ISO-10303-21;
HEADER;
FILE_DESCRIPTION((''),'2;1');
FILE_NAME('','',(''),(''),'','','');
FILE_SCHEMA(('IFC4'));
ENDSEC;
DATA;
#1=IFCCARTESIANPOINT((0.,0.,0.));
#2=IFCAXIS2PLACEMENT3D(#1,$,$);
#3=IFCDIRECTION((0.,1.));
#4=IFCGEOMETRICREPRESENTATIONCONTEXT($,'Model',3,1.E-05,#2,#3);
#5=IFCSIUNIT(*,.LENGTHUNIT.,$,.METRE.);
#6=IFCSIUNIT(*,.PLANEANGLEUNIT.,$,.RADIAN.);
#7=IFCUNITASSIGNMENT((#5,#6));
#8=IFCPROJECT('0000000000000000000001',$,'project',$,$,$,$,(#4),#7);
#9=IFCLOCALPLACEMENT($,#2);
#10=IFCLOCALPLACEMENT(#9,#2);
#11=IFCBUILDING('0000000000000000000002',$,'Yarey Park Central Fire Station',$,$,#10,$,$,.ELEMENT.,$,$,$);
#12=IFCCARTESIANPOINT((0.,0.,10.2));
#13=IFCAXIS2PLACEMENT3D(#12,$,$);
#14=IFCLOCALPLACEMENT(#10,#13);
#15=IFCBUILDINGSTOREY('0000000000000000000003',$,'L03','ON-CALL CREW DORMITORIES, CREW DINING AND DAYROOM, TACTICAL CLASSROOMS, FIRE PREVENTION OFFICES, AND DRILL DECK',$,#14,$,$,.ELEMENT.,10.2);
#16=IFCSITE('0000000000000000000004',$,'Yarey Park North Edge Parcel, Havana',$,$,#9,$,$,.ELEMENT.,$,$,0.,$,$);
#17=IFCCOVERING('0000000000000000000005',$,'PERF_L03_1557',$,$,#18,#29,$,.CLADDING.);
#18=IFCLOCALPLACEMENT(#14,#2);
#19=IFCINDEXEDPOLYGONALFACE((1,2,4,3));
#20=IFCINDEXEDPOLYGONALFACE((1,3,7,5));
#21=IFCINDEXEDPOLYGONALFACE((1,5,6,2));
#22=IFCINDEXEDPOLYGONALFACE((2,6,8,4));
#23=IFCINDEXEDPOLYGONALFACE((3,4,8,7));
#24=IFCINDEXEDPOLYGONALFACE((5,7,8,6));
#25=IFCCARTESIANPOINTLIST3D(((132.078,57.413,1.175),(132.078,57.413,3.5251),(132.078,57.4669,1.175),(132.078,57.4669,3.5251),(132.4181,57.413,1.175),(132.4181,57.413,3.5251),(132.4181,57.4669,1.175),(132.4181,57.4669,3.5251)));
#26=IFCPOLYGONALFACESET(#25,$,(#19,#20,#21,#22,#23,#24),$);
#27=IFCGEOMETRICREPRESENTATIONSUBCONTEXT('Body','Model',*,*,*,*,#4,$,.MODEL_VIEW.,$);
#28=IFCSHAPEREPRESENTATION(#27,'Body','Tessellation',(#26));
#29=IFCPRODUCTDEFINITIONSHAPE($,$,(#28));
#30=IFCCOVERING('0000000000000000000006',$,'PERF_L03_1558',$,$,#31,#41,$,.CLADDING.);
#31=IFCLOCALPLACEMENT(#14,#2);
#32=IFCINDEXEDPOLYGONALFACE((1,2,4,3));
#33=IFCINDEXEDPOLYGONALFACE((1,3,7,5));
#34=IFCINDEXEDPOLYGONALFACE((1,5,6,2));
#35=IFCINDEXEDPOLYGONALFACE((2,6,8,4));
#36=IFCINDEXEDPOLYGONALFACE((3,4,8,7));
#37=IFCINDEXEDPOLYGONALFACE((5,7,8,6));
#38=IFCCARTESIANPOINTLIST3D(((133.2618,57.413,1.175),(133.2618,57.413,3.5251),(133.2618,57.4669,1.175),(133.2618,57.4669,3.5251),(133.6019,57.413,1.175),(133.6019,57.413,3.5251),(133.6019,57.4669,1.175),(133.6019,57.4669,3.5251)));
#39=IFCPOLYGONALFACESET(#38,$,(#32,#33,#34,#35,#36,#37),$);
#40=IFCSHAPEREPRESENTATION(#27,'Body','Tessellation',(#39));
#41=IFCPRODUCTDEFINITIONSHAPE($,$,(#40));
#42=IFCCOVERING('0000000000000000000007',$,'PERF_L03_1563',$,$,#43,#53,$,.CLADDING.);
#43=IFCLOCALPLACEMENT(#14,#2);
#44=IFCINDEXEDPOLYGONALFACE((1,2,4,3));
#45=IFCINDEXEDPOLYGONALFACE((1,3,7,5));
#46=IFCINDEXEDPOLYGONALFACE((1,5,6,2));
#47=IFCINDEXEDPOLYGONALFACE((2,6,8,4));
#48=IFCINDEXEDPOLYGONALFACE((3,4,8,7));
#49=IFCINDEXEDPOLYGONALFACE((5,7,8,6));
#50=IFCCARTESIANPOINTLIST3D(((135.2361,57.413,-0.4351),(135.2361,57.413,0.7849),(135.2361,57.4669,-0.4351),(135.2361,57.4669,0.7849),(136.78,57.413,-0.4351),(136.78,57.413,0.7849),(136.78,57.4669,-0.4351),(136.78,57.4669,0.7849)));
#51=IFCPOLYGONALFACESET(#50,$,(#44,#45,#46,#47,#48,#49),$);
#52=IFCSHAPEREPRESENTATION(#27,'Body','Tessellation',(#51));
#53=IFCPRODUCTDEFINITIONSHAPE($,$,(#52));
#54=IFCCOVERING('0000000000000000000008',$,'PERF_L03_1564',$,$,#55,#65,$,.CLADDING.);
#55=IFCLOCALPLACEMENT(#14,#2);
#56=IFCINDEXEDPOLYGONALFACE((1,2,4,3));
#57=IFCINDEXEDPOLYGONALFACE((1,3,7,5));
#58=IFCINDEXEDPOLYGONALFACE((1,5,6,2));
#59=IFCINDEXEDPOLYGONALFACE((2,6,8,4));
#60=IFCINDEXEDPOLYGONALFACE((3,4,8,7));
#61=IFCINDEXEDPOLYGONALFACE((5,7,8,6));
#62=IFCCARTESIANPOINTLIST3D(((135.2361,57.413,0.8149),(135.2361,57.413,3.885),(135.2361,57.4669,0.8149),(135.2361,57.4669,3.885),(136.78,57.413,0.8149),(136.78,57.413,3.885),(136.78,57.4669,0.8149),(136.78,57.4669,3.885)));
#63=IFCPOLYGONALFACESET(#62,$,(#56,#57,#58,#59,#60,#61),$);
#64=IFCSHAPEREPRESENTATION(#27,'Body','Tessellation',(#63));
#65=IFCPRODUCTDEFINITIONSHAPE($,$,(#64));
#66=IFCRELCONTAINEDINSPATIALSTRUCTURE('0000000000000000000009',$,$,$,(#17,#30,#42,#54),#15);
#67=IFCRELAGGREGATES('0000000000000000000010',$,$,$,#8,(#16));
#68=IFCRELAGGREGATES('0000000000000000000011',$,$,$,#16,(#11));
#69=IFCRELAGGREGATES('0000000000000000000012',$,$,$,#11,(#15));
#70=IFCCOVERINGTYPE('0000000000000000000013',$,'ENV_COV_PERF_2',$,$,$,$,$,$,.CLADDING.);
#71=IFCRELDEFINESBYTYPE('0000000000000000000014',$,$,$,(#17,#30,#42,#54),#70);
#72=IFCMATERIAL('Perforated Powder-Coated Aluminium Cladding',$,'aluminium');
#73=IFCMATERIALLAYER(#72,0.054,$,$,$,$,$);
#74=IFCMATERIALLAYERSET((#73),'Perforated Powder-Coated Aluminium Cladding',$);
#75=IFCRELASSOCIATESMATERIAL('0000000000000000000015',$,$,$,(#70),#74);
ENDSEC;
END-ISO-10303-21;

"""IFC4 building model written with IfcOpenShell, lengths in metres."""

from ifc_helpers import new_model, si_unit, direction, frame, origin, origin_2d, place, context, subcontext, project, spatial, rectangle, extrude, material, layer, layer_set, type_object, element, save


model = new_model("IFC4")

# Units and contexts
model_context = context("Model", 3, precision=1e-05, world=origin(), true_north=direction((0.0, 1.0)))
body_context = subcontext(model_context, "Body", "Model", "MODEL_VIEW")
ifc_project = project(units=[si_unit("LENGTHUNIT", "METRE"), si_unit("PLANEANGLEUNIT", "RADIAN")], contexts=[model_context])

# Site, building, storey
site_placement = place(None, origin())
site = spatial("IfcSite", under=ifc_project, at=site_placement, Name="Yarey Park North Edge Parcel, Havana", CompositionType="ELEMENT", RefElevation=0.0)
building_placement = place(site_placement, origin())
building = spatial("IfcBuilding", under=site, at=building_placement, Name="Yarey Park Central Fire Station", CompositionType="ELEMENT")
storey_placement = place(building_placement, frame((0.0, 0.0, 10.2)))
storey = spatial("IfcBuildingStorey", under=building, at=storey_placement, Name="L03", Description="ON-CALL CREW DORMITORIES, CREW DINING AND DAYROOM, TACTICAL CLASSROOMS, FIRE PREVENTION OFFICES, AND DRILL DECK", CompositionType="ELEMENT", Elevation=10.2)

# Coverings
ifc_material_1 = material(Name="Perforated Powder-Coated Aluminium Cladding", Category="aluminium")
ifc_layer_1 = layer(ifc_material_1, 0.054)
ifc_layer_set_1 = layer_set([ifc_layer_1], Name="Perforated Powder-Coated Aluminium Cladding")
covering_type_1 = type_object("IfcCoveringType", Name="ENV_COV_PERF_2", PredefinedType="CLADDING", material=ifc_layer_set_1)
for number, where, z_axis, x_axis, name in (
    (1, (132.248, 57.4399, 1.175), (0.0, 0.0, 1.0), (1.0, 0.0, 0.0), "PERF_L03_1557"),
    (2, (133.4319, 57.4399, 1.175), (0.0, 0.0, 1.0), (1.0, 0.0, 0.0), "PERF_L03_1558"),
):
    element("IfcCovering", number, at=place(storey_placement, frame(where, z_axis=z_axis, x_axis=x_axis)), inside=storey, type_object=covering_type_1, Name=name, PredefinedType="CLADDING", context=body_context, shape_type="SweptSolid", body=[
        extrude(rectangle(XDim=0.3401, YDim=0.054, at=origin_2d()), origin(), (0.0, 0.0, 1.0), 2.3501),
    ])
covering_1_placement = place(storey_placement, frame((136.0081, 57.4399, -0.4351), z_axis=(0.0, 0.0, 1.0), x_axis=(1.0, 0.0, 0.0)))
element("IfcCovering", 3, at=covering_1_placement, inside=storey, type_object=covering_type_1, Name="PERF_L03_1563", PredefinedType="CLADDING", context=body_context, shape_type="SweptSolid", body=[
    extrude(rectangle(XDim=1.5439, YDim=0.054, at=origin_2d()), origin(), (0.0, 0.0, 1.0), 1.22),
])
covering_2_placement = place(storey_placement, frame((136.0081, 57.4399, 0.8149), z_axis=(0.0, 0.0, 1.0), x_axis=(1.0, 0.0, 0.0)))
element("IfcCovering", 4, at=covering_2_placement, inside=storey, type_object=covering_type_1, Name="PERF_L03_1564", PredefinedType="CLADDING", context=body_context, shape_type="SweptSolid", body=[
    extrude(rectangle(XDim=1.5439, YDim=0.054, at=origin_2d()), origin(), (0.0, 0.0, 1.0), 3.0701),
])

save(model, "model.ifc")
